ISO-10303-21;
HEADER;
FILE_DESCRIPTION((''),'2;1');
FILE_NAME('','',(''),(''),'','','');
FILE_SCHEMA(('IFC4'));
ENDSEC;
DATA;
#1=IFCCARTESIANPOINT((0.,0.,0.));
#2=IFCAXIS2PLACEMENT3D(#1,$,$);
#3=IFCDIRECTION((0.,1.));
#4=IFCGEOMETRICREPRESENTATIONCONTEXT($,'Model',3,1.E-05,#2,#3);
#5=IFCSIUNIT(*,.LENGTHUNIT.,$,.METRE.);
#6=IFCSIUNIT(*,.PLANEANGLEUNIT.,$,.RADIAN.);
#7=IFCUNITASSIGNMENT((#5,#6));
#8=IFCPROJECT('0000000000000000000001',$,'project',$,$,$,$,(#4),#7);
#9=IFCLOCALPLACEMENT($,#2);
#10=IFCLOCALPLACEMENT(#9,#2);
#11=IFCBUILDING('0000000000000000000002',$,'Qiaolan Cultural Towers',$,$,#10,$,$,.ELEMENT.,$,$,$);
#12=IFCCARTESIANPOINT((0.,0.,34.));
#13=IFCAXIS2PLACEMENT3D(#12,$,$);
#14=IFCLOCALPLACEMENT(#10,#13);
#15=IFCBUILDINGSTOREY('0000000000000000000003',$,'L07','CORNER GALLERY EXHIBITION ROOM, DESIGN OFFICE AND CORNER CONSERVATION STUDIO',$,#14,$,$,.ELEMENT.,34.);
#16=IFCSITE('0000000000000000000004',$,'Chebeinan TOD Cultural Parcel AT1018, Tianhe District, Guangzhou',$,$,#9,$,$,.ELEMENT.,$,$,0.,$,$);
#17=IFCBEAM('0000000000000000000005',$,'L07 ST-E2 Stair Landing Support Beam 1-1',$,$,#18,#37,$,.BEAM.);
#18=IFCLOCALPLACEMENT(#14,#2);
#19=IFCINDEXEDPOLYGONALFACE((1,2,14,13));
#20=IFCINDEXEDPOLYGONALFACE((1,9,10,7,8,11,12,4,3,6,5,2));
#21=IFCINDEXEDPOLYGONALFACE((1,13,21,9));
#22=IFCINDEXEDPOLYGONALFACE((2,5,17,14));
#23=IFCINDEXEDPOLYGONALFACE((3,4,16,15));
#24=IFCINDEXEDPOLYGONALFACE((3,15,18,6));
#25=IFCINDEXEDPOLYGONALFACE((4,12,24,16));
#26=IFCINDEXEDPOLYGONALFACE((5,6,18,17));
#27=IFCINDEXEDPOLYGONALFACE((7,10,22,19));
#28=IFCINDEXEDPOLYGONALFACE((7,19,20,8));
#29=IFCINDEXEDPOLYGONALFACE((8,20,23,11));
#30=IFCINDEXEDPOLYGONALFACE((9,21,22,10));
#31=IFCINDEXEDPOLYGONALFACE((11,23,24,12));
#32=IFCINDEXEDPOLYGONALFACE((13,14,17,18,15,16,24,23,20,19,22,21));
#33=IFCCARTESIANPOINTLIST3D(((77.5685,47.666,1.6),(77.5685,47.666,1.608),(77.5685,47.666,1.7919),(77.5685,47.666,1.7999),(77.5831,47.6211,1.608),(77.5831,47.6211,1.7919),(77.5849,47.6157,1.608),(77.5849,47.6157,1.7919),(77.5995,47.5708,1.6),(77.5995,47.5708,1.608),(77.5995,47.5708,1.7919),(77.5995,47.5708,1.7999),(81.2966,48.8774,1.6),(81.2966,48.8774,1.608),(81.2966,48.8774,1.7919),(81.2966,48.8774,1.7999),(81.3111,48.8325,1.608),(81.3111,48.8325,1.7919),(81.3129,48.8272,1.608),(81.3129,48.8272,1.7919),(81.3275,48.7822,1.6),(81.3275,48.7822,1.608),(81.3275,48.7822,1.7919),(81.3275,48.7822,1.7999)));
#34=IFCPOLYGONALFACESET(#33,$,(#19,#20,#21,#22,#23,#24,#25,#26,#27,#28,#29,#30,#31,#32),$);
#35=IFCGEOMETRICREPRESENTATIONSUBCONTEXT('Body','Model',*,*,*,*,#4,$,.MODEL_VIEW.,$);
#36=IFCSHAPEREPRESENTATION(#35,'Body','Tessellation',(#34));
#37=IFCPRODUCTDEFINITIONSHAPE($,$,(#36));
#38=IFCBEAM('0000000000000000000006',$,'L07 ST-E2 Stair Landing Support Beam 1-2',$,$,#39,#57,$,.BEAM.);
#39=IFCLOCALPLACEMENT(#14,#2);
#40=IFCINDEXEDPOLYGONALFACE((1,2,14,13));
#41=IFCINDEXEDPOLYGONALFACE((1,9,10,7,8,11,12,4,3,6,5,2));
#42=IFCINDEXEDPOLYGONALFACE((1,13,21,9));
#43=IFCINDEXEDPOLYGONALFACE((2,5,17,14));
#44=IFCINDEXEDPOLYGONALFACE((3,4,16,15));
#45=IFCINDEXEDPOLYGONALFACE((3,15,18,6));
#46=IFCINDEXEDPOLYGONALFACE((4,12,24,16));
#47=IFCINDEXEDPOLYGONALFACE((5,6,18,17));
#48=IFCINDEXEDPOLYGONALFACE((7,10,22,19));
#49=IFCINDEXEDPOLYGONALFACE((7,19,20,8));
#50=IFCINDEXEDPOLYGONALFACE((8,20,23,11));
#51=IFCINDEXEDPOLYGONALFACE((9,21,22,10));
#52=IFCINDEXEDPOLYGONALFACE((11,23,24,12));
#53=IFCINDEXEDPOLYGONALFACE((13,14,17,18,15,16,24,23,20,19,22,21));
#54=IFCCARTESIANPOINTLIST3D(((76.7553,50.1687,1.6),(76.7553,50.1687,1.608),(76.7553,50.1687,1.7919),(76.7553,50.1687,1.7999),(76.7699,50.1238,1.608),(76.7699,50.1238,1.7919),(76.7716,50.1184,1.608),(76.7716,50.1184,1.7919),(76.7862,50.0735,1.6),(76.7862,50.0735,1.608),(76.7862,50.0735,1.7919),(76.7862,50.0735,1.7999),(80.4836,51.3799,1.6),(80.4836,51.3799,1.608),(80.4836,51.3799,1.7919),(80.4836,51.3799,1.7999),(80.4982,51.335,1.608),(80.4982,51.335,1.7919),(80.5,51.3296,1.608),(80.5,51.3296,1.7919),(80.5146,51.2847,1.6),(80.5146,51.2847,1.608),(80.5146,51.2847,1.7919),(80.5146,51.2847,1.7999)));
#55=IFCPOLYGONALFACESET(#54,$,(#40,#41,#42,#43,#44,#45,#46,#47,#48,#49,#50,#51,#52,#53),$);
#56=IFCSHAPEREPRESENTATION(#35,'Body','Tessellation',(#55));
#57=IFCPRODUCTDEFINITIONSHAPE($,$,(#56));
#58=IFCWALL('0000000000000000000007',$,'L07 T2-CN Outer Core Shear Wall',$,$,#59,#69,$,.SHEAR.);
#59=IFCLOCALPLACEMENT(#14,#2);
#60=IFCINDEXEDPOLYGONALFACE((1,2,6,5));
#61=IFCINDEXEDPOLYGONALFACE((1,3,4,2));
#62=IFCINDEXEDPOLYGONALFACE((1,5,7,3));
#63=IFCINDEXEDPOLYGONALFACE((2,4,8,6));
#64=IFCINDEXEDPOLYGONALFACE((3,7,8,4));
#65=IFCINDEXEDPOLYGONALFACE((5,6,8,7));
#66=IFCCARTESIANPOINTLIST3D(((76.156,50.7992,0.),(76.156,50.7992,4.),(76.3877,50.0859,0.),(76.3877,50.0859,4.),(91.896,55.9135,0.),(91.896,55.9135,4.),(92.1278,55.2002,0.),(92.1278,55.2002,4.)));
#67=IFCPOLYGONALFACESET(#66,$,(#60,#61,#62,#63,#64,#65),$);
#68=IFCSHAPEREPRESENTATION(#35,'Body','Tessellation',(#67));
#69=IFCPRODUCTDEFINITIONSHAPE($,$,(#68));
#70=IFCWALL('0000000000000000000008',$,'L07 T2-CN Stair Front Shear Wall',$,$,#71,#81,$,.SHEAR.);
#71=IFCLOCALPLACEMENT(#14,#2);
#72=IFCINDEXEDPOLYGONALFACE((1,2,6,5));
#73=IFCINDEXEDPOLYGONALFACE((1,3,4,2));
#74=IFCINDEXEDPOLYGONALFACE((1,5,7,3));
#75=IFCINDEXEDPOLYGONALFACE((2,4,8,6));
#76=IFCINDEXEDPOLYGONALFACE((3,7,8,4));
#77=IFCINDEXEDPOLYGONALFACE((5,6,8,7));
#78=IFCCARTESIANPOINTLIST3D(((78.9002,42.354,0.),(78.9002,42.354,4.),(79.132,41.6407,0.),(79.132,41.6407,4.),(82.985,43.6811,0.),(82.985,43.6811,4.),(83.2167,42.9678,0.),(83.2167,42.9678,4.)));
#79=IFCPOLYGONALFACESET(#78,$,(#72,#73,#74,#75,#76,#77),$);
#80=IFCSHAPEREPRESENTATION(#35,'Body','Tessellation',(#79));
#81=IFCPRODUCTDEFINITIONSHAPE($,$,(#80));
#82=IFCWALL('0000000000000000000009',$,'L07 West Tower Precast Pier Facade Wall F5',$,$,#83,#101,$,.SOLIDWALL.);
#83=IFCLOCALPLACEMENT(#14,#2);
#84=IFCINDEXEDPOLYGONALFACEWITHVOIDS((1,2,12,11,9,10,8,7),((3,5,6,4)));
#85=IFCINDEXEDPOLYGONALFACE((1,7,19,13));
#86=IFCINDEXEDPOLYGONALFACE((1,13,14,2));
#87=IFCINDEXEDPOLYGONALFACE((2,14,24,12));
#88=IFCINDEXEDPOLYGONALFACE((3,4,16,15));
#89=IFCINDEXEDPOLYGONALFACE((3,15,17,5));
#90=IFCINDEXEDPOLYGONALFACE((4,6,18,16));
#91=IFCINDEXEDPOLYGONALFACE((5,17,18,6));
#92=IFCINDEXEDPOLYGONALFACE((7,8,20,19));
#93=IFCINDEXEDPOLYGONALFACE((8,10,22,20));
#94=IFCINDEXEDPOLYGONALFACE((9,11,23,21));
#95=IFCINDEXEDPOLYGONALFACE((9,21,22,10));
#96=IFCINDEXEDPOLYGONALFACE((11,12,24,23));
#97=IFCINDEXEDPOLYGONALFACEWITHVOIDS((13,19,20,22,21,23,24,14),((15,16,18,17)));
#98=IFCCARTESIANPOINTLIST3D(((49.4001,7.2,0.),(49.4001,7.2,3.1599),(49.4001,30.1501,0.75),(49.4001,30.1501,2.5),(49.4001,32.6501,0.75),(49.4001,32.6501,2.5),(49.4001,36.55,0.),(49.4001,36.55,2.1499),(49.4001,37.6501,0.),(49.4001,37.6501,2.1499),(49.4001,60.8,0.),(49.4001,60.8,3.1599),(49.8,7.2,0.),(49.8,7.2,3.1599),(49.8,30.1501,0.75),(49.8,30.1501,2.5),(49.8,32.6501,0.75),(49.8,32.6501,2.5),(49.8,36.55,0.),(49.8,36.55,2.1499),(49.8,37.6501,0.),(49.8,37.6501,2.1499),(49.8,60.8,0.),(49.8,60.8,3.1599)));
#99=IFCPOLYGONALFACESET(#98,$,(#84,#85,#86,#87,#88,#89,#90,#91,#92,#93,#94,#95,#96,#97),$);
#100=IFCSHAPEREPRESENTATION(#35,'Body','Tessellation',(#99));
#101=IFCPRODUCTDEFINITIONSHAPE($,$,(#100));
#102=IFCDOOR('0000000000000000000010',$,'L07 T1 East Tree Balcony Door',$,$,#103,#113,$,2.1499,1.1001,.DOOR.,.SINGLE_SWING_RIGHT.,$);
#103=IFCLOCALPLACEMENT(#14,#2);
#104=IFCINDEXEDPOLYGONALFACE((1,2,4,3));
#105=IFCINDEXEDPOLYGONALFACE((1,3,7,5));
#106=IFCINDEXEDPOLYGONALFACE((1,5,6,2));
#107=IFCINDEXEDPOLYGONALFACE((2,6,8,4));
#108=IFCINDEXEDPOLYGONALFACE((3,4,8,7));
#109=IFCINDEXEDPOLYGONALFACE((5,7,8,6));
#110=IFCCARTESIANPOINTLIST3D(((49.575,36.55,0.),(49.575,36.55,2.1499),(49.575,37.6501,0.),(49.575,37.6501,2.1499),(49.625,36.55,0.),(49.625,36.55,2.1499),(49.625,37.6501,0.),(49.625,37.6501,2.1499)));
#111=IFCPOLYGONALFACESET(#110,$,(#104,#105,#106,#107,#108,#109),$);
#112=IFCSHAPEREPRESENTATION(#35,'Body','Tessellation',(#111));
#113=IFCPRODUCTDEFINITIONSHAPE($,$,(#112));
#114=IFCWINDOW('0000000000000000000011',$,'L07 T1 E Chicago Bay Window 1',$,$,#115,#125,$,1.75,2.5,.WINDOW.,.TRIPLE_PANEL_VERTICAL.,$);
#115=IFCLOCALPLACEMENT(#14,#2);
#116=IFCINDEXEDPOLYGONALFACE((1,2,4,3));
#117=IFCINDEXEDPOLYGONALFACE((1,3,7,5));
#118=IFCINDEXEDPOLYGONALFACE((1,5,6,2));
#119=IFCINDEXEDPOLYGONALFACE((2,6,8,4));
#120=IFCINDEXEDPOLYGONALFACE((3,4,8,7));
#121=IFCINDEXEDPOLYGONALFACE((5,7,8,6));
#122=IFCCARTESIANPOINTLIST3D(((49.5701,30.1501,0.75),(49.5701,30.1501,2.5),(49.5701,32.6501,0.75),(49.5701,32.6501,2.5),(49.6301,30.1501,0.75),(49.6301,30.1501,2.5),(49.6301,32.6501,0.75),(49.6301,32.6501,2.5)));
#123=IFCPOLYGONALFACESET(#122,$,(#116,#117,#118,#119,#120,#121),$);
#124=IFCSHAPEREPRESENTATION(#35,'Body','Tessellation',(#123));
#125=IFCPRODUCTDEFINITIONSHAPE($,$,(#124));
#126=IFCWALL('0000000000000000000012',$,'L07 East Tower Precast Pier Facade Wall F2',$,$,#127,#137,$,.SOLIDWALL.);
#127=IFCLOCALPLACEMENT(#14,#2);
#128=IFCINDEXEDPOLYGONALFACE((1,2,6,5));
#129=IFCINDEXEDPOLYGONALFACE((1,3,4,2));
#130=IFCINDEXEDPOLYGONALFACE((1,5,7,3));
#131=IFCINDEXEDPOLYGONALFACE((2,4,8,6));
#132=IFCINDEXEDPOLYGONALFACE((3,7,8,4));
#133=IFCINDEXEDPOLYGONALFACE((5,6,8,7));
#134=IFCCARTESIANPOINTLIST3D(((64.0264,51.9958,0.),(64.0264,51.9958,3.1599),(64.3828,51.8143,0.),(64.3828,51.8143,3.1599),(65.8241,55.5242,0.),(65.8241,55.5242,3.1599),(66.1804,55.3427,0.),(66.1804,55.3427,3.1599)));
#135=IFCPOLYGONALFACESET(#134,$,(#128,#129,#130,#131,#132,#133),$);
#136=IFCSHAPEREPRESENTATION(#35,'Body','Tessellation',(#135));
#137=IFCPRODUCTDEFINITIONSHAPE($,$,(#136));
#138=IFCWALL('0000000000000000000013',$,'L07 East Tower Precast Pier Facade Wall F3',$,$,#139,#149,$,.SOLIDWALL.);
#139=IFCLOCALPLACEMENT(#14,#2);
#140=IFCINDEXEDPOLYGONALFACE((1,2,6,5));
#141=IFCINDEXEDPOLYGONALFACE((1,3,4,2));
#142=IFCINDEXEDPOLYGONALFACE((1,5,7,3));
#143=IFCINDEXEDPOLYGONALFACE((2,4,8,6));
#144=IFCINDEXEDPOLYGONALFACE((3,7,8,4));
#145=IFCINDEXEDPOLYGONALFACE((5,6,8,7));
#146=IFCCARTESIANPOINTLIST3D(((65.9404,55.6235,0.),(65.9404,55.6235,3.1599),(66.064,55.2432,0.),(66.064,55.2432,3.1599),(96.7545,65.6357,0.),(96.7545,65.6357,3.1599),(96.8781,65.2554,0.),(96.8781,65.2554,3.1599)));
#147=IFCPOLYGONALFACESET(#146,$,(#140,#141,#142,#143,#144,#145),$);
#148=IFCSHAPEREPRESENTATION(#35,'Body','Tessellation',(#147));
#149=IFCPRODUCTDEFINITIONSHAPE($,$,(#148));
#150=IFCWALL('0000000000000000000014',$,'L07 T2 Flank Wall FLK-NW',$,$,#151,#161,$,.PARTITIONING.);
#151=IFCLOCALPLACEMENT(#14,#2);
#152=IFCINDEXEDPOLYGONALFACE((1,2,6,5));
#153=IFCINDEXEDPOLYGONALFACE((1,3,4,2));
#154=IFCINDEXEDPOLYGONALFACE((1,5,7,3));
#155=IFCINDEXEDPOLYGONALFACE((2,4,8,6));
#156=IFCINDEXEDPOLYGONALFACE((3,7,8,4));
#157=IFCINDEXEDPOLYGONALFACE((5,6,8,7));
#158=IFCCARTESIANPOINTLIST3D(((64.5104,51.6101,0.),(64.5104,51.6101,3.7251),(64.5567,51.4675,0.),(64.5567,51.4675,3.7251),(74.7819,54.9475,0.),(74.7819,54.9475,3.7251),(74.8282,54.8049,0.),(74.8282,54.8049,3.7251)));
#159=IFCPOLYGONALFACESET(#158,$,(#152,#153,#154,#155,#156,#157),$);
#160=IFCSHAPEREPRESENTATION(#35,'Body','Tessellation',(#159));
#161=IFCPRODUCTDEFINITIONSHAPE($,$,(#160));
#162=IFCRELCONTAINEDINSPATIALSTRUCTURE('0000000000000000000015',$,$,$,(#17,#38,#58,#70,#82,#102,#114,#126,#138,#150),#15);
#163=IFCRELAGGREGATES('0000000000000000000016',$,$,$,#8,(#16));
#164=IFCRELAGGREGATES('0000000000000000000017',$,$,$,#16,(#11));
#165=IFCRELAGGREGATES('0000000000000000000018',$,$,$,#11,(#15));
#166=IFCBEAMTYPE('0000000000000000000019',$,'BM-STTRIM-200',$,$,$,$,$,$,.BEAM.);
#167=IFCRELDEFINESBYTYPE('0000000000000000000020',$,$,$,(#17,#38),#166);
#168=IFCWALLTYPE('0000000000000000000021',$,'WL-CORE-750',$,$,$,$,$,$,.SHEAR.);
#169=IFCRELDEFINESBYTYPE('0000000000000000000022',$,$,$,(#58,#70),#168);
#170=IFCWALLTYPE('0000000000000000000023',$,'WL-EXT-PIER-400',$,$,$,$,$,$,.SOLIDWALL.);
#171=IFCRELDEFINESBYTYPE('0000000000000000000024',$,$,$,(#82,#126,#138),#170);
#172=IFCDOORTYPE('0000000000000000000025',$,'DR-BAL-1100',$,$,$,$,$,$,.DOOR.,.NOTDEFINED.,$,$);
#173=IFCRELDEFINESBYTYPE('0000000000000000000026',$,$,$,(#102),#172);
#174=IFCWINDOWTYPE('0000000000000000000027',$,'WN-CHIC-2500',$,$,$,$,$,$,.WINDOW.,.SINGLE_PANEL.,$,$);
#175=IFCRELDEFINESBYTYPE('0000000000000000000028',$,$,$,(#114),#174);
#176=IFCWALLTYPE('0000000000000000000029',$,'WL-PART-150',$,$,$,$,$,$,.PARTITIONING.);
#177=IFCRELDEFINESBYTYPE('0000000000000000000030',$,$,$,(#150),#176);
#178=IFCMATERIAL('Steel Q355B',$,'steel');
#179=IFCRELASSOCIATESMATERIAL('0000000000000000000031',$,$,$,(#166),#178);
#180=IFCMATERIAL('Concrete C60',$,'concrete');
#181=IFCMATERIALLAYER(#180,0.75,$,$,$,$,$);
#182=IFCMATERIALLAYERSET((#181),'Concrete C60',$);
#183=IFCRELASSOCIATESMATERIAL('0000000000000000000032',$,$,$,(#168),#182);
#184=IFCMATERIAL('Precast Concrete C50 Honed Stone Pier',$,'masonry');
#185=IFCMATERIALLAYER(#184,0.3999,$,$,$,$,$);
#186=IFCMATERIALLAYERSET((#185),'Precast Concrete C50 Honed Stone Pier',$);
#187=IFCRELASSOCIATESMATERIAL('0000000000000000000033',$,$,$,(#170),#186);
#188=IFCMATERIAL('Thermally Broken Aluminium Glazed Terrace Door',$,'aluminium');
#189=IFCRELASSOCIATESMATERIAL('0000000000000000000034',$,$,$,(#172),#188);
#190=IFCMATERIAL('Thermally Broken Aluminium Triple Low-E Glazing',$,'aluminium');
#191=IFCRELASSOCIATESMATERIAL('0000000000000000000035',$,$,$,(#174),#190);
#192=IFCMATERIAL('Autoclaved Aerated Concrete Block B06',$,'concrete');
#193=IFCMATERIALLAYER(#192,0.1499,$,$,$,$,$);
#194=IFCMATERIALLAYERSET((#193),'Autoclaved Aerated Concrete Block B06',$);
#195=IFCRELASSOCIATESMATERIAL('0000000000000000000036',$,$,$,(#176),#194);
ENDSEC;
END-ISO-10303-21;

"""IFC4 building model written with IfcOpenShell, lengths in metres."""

from ifc_helpers import new_model, si_unit, direction, frame, frame_2d, origin, origin_2d, place, context, subcontext, project, spatial, rectangle, i_section, extrude, material, layer, layer_set, material_profile, profile_set, type_object, element, fill, save


model = new_model("IFC4")

# Units and contexts
model_context = context("Model", 3, precision=1e-05, world=origin(), true_north=direction((0.0, 1.0)))
body_context = subcontext(model_context, "Body", "Model", "MODEL_VIEW")
ifc_project = project(units=[si_unit("LENGTHUNIT", "METRE"), si_unit("PLANEANGLEUNIT", "RADIAN")], contexts=[model_context])

# Site, building, storey
site_placement = place(None, origin())
site = spatial("IfcSite", under=ifc_project, at=site_placement, Name="Chebeinan TOD Cultural Parcel AT1018, Tianhe District, Guangzhou", CompositionType="ELEMENT", RefElevation=0.0)
building_placement = place(site_placement, origin())
building = spatial("IfcBuilding", under=site, at=building_placement, Name="Qiaolan Cultural Towers", CompositionType="ELEMENT")
storey_placement = place(building_placement, frame((0.0, 0.0, 34.0)))
storey = spatial("IfcBuildingStorey", under=building, at=storey_placement, Name="L07", Description="CORNER GALLERY EXHIBITION ROOM, DESIGN OFFICE AND CORNER CONSERVATION STUDIO", CompositionType="ELEMENT", Elevation=34.0)

# Beams
ifc_material_1 = material(Name="Steel Q355B", Category="steel")
ifc_material_profile_1 = material_profile(ifc_material_1, i_section(OverallWidth=0.1001, OverallDepth=0.2, WebThickness=0.0056, FlangeThickness=0.0081, at=origin_2d()), Name="HN200x100x5.5x8")
ifc_profile_set_1 = profile_set([ifc_material_profile_1], Name="Steel Q355B")
beam_type_1 = type_object("IfcBeamType", Name="BM-STTRIM-200", PredefinedType="BEAM", material=ifc_profile_set_1)
beam_1_placement = place(storey_placement, frame((77.584, 47.6184, 1.7), z_axis=(0.951048, 0.309044, 0.0), x_axis=(-0.309044, 0.951048, 0.0)))
element("IfcBeam", 1, at=beam_1_placement, inside=storey, type_object=beam_type_1, Name="L07 ST-E2 Stair Landing Support Beam 1-1", PredefinedType="BEAM", context=body_context, shape_type="SweptSolid", body=[
    extrude(i_section(OverallWidth=0.1001, OverallDepth=0.2, WebThickness=0.0056, FlangeThickness=0.0081, at=origin_2d()), origin(), (0.0, 0.0, 1.0), 3.9199),
])
beam_2_placement = place(storey_placement, frame((76.7708, 50.1211, 1.7), z_axis=(0.951072, 0.308969, 0.0), x_axis=(-0.308969, 0.951072, 0.0)))
element("IfcBeam", 2, at=beam_2_placement, inside=storey, type_object=beam_type_1, Name="L07 ST-E2 Stair Landing Support Beam 1-2", PredefinedType="BEAM", context=body_context, shape_type="SweptSolid", body=[
    extrude(i_section(OverallWidth=0.1001, OverallDepth=0.2, WebThickness=0.0056, FlangeThickness=0.0081, at=origin_2d()), origin(), (0.0, 0.0, 1.0), 3.9202),
])

# Walls
ifc_material_2 = material(Name="Concrete C60", Category="concrete")
ifc_layer_1 = layer(ifc_material_2, 0.75)
ifc_layer_set_1 = layer_set([ifc_layer_1], Name="Concrete C60")
wall_type_1 = type_object("IfcWallType", Name="WL-CORE-750", PredefinedType="SHEAR", material=ifc_layer_set_1)
wall_1_placement = place(storey_placement, frame((76.272, 50.4426, 0.0), z_axis=(0.0, 0.0, 1.0), x_axis=(0.951056, 0.309018, 0.0)))
element("IfcWall", 3, at=wall_1_placement, inside=storey, type_object=wall_type_1, Name="L07 T2-CN Outer Core Shear Wall", PredefinedType="SHEAR", context=body_context, shape_type="SweptSolid", body=[
    extrude(rectangle(XDim=16.55, YDim=0.75, at=frame_2d((8.2749, 0.0))), origin(), (0.0, 0.0, 1.0), 4.0),
])
wall_2_placement = place(storey_placement, frame((79.0161, 41.9973, 0.0), z_axis=(0.0, 0.0, 1.0), x_axis=(0.95106, 0.309005, 0.0)))
element("IfcWall", 4, at=wall_2_placement, inside=storey, type_object=wall_type_1, Name="L07 T2-CN Stair Front Shear Wall", PredefinedType="SHEAR", context=body_context, shape_type="SweptSolid", body=[
    extrude(rectangle(XDim=4.2949, YDim=0.75, at=frame_2d((2.1475, 0.0))), origin(), (0.0, 0.0, 1.0), 4.0),
])

# Wall, openings, door, window
ifc_material_3 = material(Name="Precast Concrete C50 Honed Stone Pier", Category="masonry")
ifc_layer_2 = layer(ifc_material_3, 0.3999)
ifc_layer_set_2 = layer_set([ifc_layer_2], Name="Precast Concrete C50 Honed Stone Pier")
wall_type_2 = type_object("IfcWallType", Name="WL-EXT-PIER-400", PredefinedType="SOLIDWALL", material=ifc_layer_set_2)
wall_3_placement = place(storey_placement, frame((49.6001, 60.8, 0.0), z_axis=(0.0, 0.0, 1.0), x_axis=(0.0, -1.0, 0.0)))
wall_3 = element("IfcWall", 5, at=wall_3_placement, inside=storey, type_object=wall_type_2, Name="L07 West Tower Precast Pier Facade Wall F5", PredefinedType="SOLIDWALL", context=body_context, shape_type="SweptSolid", body=[
    extrude(rectangle(XDim=53.6001, YDim=0.3999, at=frame_2d((26.8, 0.0))), origin(), (0.0, 0.0, 1.0), 3.1599),
])
opening_1_placement = place(wall_3_placement, frame((28.1499, 0.0, 0.75)))
opening_1 = element("IfcOpeningElement", 6, at=opening_1_placement, cuts=wall_3, PredefinedType="OPENING", context=body_context, shape_type="SweptSolid", body=[
    extrude(rectangle(XDim=2.5, YDim=1.75, at=frame_2d((1.25, 0.875))), frame((0.0, 0.21, 0.0), z_axis=(0.0, -1.0, 0.0), x_axis=(1.0, 0.0, 0.0)), (0.0, 0.0, 1.0), 0.4199),
])
opening_2_placement = place(wall_3_placement, frame((23.1499, 0.0, 0.0)))
opening_2 = element("IfcOpeningElement", 7, at=opening_2_placement, cuts=wall_3, PredefinedType="OPENING", context=body_context, shape_type="SweptSolid", body=[
    extrude(rectangle(XDim=1.1001, YDim=2.1499, at=frame_2d((0.55, 1.075))), frame((0.0, 0.21, 0.0), z_axis=(0.0, -1.0, 0.0), x_axis=(1.0, 0.0, 0.0)), (0.0, 0.0, 1.0), 0.4199),
])
ifc_material_4 = material(Name="Thermally Broken Aluminium Glazed Terrace Door", Category="aluminium")
door_type_1 = type_object("IfcDoorType", Name="DR-BAL-1100", OperationType="NOTDEFINED", PredefinedType="DOOR", material=ifc_material_4)
door_1_placement = place(opening_2_placement, origin())
door_1 = element("IfcDoor", 8, at=door_1_placement, inside=storey, type_object=door_type_1, Name="L07 T1 East Tree Balcony Door", OperationType="SINGLE_SWING_RIGHT", OverallHeight=2.1499, OverallWidth=1.1001, PredefinedType="DOOR", context=body_context, shape_type="SweptSolid", body=[
    extrude(rectangle(XDim=1.1001, YDim=2.1499, at=frame_2d((0.55, 1.075))), frame((0.0, 0.0249, 0.0), z_axis=(0.0, -1.0, 0.0), x_axis=(1.0, 0.0, 0.0)), (0.0, 0.0, 1.0), 0.05),
])
fill(opening_2, door_1)
ifc_material_5 = material(Name="Thermally Broken Aluminium Triple Low-E Glazing", Category="aluminium")
window_type = type_object("IfcWindowType", Name="WN-CHIC-2500", PartitioningType="SINGLE_PANEL", PredefinedType="WINDOW", material=ifc_material_5)
window_placement = place(opening_1_placement, origin())
window = element("IfcWindow", 9, at=window_placement, inside=storey, type_object=window_type, Name="L07 T1 E Chicago Bay Window 1", OverallHeight=1.75, OverallWidth=2.5, PartitioningType="TRIPLE_PANEL_VERTICAL", PredefinedType="WINDOW", context=body_context, shape_type="SweptSolid", body=[
    extrude(rectangle(XDim=2.5, YDim=1.75, at=frame_2d((1.25, 0.875))), frame((0.0, 0.03, 0.0), z_axis=(0.0, -1.0, 0.0), x_axis=(1.0, 0.0, 0.0)), (0.0, 0.0, 1.0), 0.0601),
])
fill(opening_1, window)

# Walls
wall_4_placement = place(storey_placement, frame((64.2046, 51.905, 0.0), z_axis=(0.0, 0.0, 1.0), x_axis=(0.453958, 0.891023, 0.0)))
element("IfcWall", 10, at=wall_4_placement, inside=storey, type_object=wall_type_2, Name="L07 East Tower Precast Pier Facade Wall F2", PredefinedType="SOLIDWALL", context=body_context, shape_type="SweptSolid", body=[
    extrude(rectangle(XDim=3.96, YDim=0.3999, at=frame_2d((1.98, 0.0))), origin(), (0.0, 0.0, 1.0), 3.1599),
])
wall_5_placement = place(storey_placement, frame((66.0022, 55.4333, 0.0), z_axis=(0.0, 0.0, 1.0), x_axis=(0.951056, 0.309019, 0.0)))
element("IfcWall", 11, at=wall_5_placement, inside=storey, type_object=wall_type_2, Name="L07 East Tower Precast Pier Facade Wall F3", PredefinedType="SOLIDWALL", context=body_context, shape_type="SweptSolid", body=[
    extrude(rectangle(XDim=32.3999, YDim=0.3999, at=frame_2d((16.2, 0.0))), origin(), (0.0, 0.0, 1.0), 3.1599),
])
ifc_material_6 = material(Name="Autoclaved Aerated Concrete Block B06", Category="concrete")
ifc_layer_3 = layer(ifc_material_6, 0.1499)
ifc_layer_set_3 = layer_set([ifc_layer_3], Name="Autoclaved Aerated Concrete Block B06")
wall_type_3 = type_object("IfcWallType", Name="WL-PART-150", PredefinedType="PARTITIONING", material=ifc_layer_set_3)
wall_6_placement = place(storey_placement, frame((64.5337, 51.5388, 0.0), z_axis=(0.0, 0.0, 1.0), x_axis=(0.951057, 0.309017, 0.0)))
element("IfcWall", 12, at=wall_6_placement, inside=storey, type_object=wall_type_3, Name="L07 T2 Flank Wall FLK-NW", PredefinedType="PARTITIONING", context=body_context, shape_type="SweptSolid", body=[
    extrude(rectangle(XDim=10.8, YDim=0.1499, at=frame_2d((5.3999, 0.0))), origin(), (0.0, 0.0, 1.0), 3.7251),
])

save(model, "model.ifc")
